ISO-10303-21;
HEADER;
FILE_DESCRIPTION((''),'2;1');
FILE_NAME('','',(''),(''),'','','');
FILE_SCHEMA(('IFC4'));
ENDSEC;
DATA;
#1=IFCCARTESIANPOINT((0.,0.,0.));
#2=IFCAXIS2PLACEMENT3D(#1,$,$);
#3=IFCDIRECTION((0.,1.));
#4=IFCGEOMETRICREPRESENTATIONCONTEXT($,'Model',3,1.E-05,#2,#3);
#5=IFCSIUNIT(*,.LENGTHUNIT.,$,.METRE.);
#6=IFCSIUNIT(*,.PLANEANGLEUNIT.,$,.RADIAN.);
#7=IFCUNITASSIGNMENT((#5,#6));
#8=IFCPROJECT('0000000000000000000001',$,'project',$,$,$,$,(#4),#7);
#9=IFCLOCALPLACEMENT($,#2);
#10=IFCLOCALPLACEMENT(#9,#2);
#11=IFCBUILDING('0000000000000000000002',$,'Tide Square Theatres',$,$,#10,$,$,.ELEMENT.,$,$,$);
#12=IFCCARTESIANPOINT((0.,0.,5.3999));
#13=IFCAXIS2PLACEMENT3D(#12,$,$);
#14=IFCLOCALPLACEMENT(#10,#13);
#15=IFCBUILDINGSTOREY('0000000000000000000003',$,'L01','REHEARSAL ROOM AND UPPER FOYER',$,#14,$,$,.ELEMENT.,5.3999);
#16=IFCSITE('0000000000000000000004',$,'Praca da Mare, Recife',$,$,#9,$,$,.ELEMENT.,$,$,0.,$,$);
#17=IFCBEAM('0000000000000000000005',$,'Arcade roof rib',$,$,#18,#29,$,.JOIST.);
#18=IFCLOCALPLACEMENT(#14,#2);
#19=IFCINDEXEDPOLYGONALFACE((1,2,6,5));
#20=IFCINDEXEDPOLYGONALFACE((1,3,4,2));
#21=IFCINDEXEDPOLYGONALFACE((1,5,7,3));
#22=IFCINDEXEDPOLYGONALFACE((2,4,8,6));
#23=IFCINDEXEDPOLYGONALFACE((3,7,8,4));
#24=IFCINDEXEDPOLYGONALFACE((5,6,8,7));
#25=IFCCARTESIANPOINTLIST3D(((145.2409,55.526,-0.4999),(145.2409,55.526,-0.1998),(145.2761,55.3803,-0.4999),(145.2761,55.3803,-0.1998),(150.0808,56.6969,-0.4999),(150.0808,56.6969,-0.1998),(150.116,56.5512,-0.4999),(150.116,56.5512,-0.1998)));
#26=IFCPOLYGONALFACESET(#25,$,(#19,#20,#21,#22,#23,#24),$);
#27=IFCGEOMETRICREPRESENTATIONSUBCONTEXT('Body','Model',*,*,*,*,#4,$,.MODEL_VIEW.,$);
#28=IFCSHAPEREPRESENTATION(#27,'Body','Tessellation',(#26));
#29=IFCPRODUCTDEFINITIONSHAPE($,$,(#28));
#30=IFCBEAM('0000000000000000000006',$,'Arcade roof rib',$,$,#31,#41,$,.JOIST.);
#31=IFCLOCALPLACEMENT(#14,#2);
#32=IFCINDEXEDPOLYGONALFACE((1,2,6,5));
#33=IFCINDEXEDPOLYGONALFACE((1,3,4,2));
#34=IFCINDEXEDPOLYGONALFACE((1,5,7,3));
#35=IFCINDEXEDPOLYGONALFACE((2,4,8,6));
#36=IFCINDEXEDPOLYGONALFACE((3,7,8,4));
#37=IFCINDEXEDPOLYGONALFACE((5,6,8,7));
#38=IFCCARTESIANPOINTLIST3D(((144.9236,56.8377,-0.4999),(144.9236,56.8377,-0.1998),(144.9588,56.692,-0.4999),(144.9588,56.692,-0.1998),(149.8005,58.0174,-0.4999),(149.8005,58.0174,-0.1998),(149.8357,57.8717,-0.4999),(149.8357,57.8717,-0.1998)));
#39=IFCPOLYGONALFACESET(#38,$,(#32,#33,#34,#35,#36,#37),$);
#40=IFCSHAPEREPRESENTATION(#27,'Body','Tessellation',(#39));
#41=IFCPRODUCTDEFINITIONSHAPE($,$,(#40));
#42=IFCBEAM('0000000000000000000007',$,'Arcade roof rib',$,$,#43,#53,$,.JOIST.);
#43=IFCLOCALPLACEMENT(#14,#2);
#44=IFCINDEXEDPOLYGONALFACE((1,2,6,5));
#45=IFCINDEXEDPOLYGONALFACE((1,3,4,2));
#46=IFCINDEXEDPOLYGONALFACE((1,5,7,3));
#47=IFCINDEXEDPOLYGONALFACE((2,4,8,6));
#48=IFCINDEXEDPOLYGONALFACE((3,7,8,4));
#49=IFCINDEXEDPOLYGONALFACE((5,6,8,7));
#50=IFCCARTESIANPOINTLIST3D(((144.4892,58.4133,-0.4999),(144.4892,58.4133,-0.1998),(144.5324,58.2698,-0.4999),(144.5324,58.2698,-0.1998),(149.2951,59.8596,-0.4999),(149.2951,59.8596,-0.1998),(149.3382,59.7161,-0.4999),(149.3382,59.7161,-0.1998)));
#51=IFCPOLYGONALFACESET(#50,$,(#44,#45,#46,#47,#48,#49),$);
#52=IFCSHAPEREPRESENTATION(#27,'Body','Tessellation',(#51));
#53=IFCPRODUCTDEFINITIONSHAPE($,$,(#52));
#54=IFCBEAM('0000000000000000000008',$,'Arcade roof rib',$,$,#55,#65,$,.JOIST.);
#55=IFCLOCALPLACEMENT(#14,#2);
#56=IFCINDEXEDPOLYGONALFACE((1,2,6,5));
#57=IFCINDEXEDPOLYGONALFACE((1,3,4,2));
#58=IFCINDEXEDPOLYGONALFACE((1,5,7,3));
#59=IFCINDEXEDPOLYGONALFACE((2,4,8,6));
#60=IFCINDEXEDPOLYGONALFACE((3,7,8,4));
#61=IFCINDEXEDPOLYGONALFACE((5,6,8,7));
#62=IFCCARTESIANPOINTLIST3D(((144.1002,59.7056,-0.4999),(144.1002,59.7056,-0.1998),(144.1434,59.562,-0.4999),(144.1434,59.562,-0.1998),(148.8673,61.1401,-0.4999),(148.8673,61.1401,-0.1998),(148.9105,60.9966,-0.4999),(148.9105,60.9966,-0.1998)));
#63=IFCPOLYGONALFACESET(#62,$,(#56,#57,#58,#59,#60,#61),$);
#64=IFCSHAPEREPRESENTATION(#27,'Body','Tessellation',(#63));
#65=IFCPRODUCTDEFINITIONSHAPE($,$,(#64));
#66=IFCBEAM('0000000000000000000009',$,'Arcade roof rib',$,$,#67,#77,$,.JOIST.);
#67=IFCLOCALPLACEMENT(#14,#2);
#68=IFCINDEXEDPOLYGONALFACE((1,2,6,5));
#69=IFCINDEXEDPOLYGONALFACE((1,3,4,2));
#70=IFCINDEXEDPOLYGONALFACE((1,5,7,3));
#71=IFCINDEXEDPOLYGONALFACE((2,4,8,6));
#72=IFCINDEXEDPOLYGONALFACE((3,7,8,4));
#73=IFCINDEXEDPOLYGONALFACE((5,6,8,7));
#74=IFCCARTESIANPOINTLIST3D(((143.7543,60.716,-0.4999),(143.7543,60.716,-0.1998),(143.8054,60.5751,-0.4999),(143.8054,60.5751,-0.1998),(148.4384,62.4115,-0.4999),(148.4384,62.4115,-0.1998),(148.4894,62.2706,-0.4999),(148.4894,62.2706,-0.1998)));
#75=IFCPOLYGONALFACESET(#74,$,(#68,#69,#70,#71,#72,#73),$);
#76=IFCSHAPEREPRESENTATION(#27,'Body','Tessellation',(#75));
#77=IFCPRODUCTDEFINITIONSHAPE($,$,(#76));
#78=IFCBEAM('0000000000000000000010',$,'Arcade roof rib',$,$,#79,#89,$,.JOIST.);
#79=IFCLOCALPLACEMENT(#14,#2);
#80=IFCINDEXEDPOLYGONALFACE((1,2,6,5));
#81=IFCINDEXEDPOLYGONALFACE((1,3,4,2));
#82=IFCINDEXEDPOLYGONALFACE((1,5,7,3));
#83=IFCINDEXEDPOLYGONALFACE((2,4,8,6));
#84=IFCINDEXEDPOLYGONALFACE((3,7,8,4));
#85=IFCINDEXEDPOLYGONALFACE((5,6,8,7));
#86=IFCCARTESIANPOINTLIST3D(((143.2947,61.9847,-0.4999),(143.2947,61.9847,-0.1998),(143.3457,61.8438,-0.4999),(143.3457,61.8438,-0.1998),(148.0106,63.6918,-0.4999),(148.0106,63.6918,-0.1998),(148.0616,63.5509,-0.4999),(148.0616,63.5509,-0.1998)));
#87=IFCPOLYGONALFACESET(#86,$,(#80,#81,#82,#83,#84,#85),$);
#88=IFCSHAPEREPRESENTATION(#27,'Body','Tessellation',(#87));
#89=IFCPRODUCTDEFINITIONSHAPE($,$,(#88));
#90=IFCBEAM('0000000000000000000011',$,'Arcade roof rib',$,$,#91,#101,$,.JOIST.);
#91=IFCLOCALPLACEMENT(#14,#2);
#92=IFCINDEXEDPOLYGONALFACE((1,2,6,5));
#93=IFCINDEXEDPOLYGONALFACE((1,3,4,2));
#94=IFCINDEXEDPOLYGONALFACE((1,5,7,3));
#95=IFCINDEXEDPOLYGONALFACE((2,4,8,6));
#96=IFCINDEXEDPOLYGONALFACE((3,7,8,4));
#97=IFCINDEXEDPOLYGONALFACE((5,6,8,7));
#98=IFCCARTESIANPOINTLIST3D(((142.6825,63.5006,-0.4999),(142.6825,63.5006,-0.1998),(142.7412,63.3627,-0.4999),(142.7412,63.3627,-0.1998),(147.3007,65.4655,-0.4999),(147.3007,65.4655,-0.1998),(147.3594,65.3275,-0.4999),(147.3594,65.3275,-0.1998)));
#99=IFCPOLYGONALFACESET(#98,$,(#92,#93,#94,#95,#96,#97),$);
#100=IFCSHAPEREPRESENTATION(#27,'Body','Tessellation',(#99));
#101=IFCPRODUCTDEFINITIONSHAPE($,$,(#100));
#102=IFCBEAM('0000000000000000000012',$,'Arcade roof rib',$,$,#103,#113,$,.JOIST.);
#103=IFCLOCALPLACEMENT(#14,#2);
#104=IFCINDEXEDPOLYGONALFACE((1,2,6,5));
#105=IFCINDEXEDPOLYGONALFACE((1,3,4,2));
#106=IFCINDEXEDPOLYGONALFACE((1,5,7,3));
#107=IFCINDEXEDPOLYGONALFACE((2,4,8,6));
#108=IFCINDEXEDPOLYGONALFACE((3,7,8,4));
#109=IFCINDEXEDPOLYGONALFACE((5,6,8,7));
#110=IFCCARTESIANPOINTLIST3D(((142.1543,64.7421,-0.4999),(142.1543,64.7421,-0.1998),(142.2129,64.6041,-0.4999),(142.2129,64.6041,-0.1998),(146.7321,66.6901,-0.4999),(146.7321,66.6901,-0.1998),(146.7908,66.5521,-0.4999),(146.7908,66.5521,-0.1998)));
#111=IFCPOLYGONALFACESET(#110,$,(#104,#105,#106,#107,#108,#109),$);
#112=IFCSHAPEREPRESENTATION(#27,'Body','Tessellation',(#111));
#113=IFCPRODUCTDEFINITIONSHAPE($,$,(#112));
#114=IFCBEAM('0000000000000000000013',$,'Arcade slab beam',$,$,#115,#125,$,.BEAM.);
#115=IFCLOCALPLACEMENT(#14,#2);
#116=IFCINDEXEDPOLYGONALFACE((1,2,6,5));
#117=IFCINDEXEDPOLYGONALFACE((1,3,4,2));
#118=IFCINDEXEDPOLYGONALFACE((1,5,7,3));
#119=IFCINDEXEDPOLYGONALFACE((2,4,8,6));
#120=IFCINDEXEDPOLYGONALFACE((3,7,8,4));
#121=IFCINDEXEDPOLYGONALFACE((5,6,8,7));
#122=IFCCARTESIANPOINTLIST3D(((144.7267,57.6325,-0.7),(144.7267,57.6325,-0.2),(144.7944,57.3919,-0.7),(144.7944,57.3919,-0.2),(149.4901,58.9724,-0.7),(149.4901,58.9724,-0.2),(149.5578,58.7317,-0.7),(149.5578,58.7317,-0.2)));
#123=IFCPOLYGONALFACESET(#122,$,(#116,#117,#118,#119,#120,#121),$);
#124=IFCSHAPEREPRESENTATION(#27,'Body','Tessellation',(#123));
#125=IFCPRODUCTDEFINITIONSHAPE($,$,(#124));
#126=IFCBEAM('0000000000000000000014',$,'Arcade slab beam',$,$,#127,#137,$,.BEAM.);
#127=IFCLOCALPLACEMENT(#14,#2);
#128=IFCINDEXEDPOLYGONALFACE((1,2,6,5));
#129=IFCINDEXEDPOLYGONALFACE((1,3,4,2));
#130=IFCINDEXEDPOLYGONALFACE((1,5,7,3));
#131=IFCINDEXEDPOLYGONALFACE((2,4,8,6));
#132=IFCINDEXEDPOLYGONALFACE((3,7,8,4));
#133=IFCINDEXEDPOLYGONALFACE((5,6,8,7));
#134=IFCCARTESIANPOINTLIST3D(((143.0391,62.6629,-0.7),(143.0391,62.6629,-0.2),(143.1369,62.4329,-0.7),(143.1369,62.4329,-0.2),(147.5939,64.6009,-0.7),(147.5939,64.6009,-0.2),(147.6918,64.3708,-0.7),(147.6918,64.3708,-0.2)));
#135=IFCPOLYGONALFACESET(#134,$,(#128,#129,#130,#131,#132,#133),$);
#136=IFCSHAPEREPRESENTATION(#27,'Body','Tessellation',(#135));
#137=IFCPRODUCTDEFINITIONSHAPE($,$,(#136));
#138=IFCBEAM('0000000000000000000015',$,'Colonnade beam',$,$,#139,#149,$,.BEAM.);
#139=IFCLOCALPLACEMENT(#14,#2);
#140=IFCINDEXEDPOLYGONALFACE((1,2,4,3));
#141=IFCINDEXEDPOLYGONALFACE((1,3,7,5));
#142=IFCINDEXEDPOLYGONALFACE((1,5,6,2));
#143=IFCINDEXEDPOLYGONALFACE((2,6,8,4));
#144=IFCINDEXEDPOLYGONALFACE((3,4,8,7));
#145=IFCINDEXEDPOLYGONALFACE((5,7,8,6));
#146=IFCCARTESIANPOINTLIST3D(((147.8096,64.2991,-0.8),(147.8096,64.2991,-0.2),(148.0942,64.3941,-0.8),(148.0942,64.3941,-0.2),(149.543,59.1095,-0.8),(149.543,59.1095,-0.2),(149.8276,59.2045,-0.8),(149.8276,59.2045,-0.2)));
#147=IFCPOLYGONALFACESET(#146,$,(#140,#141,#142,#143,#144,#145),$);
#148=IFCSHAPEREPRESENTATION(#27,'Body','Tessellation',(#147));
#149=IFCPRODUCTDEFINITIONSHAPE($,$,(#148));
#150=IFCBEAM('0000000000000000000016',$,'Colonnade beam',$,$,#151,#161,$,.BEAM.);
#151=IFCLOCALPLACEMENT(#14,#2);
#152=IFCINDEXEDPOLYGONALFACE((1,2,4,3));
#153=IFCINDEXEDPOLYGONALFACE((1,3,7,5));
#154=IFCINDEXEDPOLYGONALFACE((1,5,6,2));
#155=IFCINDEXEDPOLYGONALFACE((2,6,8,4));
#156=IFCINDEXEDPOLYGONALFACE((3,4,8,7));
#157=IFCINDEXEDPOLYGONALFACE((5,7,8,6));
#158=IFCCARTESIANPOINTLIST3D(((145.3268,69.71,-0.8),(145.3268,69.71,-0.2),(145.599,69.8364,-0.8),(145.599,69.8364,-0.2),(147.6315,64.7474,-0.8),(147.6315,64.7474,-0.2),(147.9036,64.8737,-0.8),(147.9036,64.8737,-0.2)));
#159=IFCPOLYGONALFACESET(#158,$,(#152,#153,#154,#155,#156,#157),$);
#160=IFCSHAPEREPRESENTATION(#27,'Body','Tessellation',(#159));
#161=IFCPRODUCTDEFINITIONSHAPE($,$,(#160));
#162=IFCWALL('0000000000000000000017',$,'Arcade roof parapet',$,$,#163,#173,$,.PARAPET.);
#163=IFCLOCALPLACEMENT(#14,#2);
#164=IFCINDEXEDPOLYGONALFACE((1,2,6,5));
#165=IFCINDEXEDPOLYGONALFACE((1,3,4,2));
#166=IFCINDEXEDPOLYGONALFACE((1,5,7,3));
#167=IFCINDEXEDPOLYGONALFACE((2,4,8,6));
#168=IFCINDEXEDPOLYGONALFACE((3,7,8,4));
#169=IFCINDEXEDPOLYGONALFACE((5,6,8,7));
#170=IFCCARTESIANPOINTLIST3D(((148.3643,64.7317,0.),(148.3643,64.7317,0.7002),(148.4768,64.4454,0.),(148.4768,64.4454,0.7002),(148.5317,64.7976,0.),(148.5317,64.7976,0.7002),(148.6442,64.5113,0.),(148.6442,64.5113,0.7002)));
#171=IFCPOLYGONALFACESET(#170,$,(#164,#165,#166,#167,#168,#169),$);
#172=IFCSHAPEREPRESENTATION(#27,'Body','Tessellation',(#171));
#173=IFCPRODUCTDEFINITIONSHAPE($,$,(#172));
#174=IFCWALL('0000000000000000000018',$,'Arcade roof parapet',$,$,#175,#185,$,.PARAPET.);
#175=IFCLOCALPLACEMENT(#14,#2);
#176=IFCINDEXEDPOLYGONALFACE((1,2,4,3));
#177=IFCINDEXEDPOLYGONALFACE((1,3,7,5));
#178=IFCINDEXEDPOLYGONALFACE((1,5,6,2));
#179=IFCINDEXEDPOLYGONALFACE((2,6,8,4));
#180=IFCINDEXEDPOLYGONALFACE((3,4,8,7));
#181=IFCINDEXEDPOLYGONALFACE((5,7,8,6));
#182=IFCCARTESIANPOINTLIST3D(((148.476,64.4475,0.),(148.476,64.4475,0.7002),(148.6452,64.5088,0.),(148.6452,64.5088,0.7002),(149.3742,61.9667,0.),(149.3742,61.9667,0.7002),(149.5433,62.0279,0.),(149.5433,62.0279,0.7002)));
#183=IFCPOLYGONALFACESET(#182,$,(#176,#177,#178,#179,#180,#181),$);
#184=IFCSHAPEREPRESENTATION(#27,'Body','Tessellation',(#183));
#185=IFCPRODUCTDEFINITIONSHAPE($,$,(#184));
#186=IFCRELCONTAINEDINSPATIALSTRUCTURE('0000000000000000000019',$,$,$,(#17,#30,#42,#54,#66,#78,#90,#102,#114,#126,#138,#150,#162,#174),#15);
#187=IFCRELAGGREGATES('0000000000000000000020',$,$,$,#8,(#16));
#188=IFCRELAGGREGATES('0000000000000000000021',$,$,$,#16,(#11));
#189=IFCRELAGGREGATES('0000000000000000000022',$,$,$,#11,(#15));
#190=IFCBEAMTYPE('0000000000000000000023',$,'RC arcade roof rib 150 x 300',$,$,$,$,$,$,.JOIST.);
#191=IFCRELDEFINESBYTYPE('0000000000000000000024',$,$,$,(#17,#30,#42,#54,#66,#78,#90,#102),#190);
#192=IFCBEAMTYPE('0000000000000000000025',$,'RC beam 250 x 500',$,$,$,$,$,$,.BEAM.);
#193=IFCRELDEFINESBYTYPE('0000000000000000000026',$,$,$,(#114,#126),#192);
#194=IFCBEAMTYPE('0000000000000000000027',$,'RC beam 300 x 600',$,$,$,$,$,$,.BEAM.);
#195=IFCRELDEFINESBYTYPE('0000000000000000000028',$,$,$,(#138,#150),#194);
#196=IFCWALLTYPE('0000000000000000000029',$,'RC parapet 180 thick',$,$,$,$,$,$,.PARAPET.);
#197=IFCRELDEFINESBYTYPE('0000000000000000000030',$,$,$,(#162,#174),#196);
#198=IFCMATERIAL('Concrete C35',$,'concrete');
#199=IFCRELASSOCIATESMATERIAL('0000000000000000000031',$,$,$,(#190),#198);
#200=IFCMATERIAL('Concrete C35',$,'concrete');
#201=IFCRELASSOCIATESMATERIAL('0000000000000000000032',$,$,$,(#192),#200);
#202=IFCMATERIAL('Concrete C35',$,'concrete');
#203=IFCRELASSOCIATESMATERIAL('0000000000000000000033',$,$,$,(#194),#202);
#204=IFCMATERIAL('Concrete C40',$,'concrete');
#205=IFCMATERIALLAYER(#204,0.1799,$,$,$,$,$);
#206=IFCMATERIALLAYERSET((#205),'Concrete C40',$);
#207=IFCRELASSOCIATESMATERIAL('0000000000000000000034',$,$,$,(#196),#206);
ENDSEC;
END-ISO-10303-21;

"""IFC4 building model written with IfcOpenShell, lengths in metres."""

from ifc_helpers import new_model, si_unit, direction, frame, frame_2d, origin, origin_2d, place, context, subcontext, project, spatial, rectangle, extrude, material, layer, layer_set, material_profile, profile_set, type_object, element, save


model = new_model("IFC4")

# Units and contexts
model_context = context("Model", 3, precision=1e-05, world=origin(), true_north=direction((0.0, 1.0)))
body_context = subcontext(model_context, "Body", "Model", "MODEL_VIEW")
ifc_project = project(units=[si_unit("LENGTHUNIT", "METRE"), si_unit("PLANEANGLEUNIT", "RADIAN")], contexts=[model_context])

# Site, building, storey
site_placement = place(None, origin())
site = spatial("IfcSite", under=ifc_project, at=site_placement, Name="Praca da Mare, Recife", CompositionType="ELEMENT", RefElevation=0.0)
building_placement = place(site_placement, origin())
building = spatial("IfcBuilding", under=site, at=building_placement, Name="Tide Square Theatres", CompositionType="ELEMENT")
storey_placement = place(building_placement, frame((0.0, 0.0, 5.3999)))
storey = spatial("IfcBuildingStorey", under=building, at=storey_placement, Name="L01", Description="REHEARSAL ROOM AND UPPER FOYER", CompositionType="ELEMENT", Elevation=5.3999)

# Beams
ifc_material_1 = material(Name="Concrete C35", Category="concrete")
ifc_material_profile_1 = material_profile(ifc_material_1, rectangle(XDim=0.1499, YDim=0.3, at=origin_2d()))
ifc_profile_set_1 = profile_set([ifc_material_profile_1], Name="Concrete C35")
beam_type_1 = type_object("IfcBeamType", Name="RC arcade roof rib 150 x 300", PredefinedType="JOIST", material=ifc_profile_set_1)
beam_1_placement = place(storey_placement, frame((150.0984, 56.624, -0.3499), z_axis=(-0.97196, -0.235145, 0.0), x_axis=(0.235145, -0.97196, 0.0)))
element("IfcBeam", 1, at=beam_1_placement, inside=storey, type_object=beam_type_1, Name="Arcade roof rib", PredefinedType="JOIST", context=body_context, shape_type="SweptSolid", body=[
    extrude(rectangle(XDim=0.1499, YDim=0.3, at=origin_2d()), origin(), (0.0, 0.0, 1.0), 4.9795),
])
beam_2_placement = place(storey_placement, frame((149.8181, 57.9446, -0.3499), z_axis=(-0.971969, -0.23511, 0.0), x_axis=(0.23511, -0.971969, 0.0)))
element("IfcBeam", 2, at=beam_2_placement, inside=storey, type_object=beam_type_1, Name="Arcade roof rib", PredefinedType="JOIST", context=body_context, shape_type="SweptSolid", body=[
    extrude(rectangle(XDim=0.1499, YDim=0.3, at=origin_2d()), origin(), (0.0, 0.0, 1.0), 5.0176),
])
beam_3_placement = place(storey_placement, frame((149.3167, 59.7878, -0.3499), z_axis=(-0.957578, -0.288173, 0.0), x_axis=(0.288173, -0.957578, 0.0)))
element("IfcBeam", 3, at=beam_3_placement, inside=storey, type_object=beam_type_1, Name="Arcade roof rib", PredefinedType="JOIST", context=body_context, shape_type="SweptSolid", body=[
    extrude(rectangle(XDim=0.1499, YDim=0.3, at=origin_2d()), origin(), (0.0, 0.0, 1.0), 5.0188),
])
beam_4_placement = place(storey_placement, frame((148.8889, 61.0684, -0.3499), z_axis=(-0.95758, -0.288167, 0.0), x_axis=(0.288167, -0.95758, 0.0)))
element("IfcBeam", 4, at=beam_4_placement, inside=storey, type_object=beam_type_1, Name="Arcade roof rib", PredefinedType="JOIST", context=body_context, shape_type="SweptSolid", body=[
    extrude(rectangle(XDim=0.1499, YDim=0.3, at=origin_2d()), origin(), (0.0, 0.0, 1.0), 4.9783),
])
beam_5_placement = place(storey_placement, frame((148.4639, 62.3411, -0.3499), z_axis=(-0.940292, -0.340369, 0.0), x_axis=(0.340369, -0.940292, 0.0)))
element("IfcBeam", 5, at=beam_5_placement, inside=storey, type_object=beam_type_1, Name="Arcade roof rib", PredefinedType="JOIST", context=body_context, shape_type="SweptSolid", body=[
    extrude(rectangle(XDim=0.1499, YDim=0.3, at=origin_2d()), origin(), (0.0, 0.0, 1.0), 4.9814),
])
beam_6_placement = place(storey_placement, frame((148.0361, 63.6213, -0.3499), z_axis=(-0.940293, -0.340367, 0.0), x_axis=(0.340367, -0.940293, 0.0)))
element("IfcBeam", 6, at=beam_6_placement, inside=storey, type_object=beam_type_1, Name="Arcade roof rib", PredefinedType="JOIST", context=body_context, shape_type="SweptSolid", body=[
    extrude(rectangle(XDim=0.1499, YDim=0.3, at=origin_2d()), origin(), (0.0, 0.0, 1.0), 5.0154),
])
beam_7_placement = place(storey_placement, frame((147.3301, 65.3965, -0.3499), z_axis=(-0.920178, -0.391499, 0.0), x_axis=(0.391499, -0.920178, 0.0)))
element("IfcBeam", 7, at=beam_7_placement, inside=storey, type_object=beam_type_1, Name="Arcade roof rib", PredefinedType="JOIST", context=body_context, shape_type="SweptSolid", body=[
    extrude(rectangle(XDim=0.1499, YDim=0.3, at=origin_2d()), origin(), (0.0, 0.0, 1.0), 5.0188),
])
beam_8_placement = place(storey_placement, frame((146.7615, 66.6211, -0.3499), z_axis=(-0.920157, -0.391549, 0.0), x_axis=(0.391549, -0.920157, 0.0)))
element("IfcBeam", 8, at=beam_8_placement, inside=storey, type_object=beam_type_1, Name="Arcade roof rib", PredefinedType="JOIST", context=body_context, shape_type="SweptSolid", body=[
    extrude(rectangle(XDim=0.1499, YDim=0.3, at=origin_2d()), origin(), (0.0, 0.0, 1.0), 4.9751),
])
ifc_material_2 = material(Name="Concrete C35", Category="concrete")
ifc_material_profile_2 = material_profile(ifc_material_2, rectangle(XDim=0.25, YDim=0.5, at=origin_2d()))
ifc_profile_set_2 = profile_set([ifc_material_profile_2], Name="Concrete C35")
beam_type_2 = type_object("IfcBeamType", Name="RC beam 250 x 500", PredefinedType="BEAM", material=ifc_profile_set_2)
beam_9_placement = place(storey_placement, frame((149.5239, 58.8521, -0.45), z_axis=(-0.962644, -0.27077, 0.0), x_axis=(0.27077, -0.962644, 0.0)))
element("IfcBeam", 9, at=beam_9_placement, inside=storey, type_object=beam_type_2, Name="Arcade slab beam", PredefinedType="BEAM", context=body_context, shape_type="SweptSolid", body=[
    extrude(rectangle(XDim=0.25, YDim=0.5, at=origin_2d()), origin(), (0.0, 0.0, 1.0), 4.9482),
])
beam_10_placement = place(storey_placement, frame((147.6428, 64.4858, -0.45), z_axis=(-0.920175, -0.391507, 0.0), x_axis=(0.391507, -0.920175, 0.0)))
element("IfcBeam", 10, at=beam_10_placement, inside=storey, type_object=beam_type_2, Name="Arcade slab beam", PredefinedType="BEAM", context=body_context, shape_type="SweptSolid", body=[
    extrude(rectangle(XDim=0.25, YDim=0.5, at=origin_2d()), origin(), (0.0, 0.0, 1.0), 4.95),
])
ifc_material_3 = material(Name="Concrete C35", Category="concrete")
ifc_material_profile_3 = material_profile(ifc_material_3, rectangle(XDim=0.3, YDim=0.6001, at=origin_2d()))
ifc_profile_set_3 = profile_set([ifc_material_profile_3], Name="Concrete C35")
beam_type_3 = type_object("IfcBeamType", Name="RC beam 300 x 600", PredefinedType="BEAM", material=ifc_profile_set_3)
beam_11_placement = place(storey_placement, frame((149.6853, 59.157, -0.5), z_axis=(-0.316803, 0.948491, 0.0), x_axis=(-0.948491, -0.316803, 0.0)))
element("IfcBeam", 11, at=beam_11_placement, inside=storey, type_object=beam_type_3, Name="Colonnade beam", PredefinedType="BEAM", context=body_context, shape_type="SweptSolid", body=[
    extrude(rectangle(XDim=0.3, YDim=0.6001, at=origin_2d()), origin(), (0.0, 0.0, 1.0), 5.4714),
])
beam_12_placement = place(storey_placement, frame((147.7676, 64.8105, -0.5), z_axis=(-0.421202, 0.906967, 0.0), x_axis=(-0.906967, -0.421202, 0.0)))
element("IfcBeam", 12, at=beam_12_placement, inside=storey, type_object=beam_type_3, Name="Colonnade beam", PredefinedType="BEAM", context=body_context, shape_type="SweptSolid", body=[
    extrude(rectangle(XDim=0.3, YDim=0.6001, at=origin_2d()), origin(), (0.0, 0.0, 1.0), 5.4717),
])

# Walls
ifc_material_4 = material(Name="Concrete C40", Category="concrete")
ifc_layer = layer(ifc_material_4, 0.1799)
ifc_layer_set = layer_set([ifc_layer], Name="Concrete C40")
wall_type = type_object("IfcWallType", Name="RC parapet 180 thick", PredefinedType="PARAPET", material=ifc_layer_set)
wall_1_placement = place(storey_placement, frame((148.448, 64.7646, 0.0), z_axis=(0.0, 0.0, 1.0), x_axis=(0.365775, -0.930703, 0.0)))
element("IfcWall", 13, at=wall_1_placement, inside=storey, type_object=wall_type, Name="Arcade roof parapet", PredefinedType="PARAPET", context=body_context, shape_type="SweptSolid", body=[
    extrude(rectangle(XDim=0.3076, YDim=0.1799, at=frame_2d((0.1538, 0.0))), origin(), (0.0, 0.0, 1.0), 0.7002),
])
wall_2_placement = place(storey_placement, frame((148.5605, 64.4783, 0.0), z_axis=(0.0, 0.0, 1.0), x_axis=(0.340413, -0.940276, 0.0)))
element("IfcWall", 14, at=wall_2_placement, inside=storey, type_object=wall_type, Name="Arcade roof parapet", PredefinedType="PARAPET", context=body_context, shape_type="SweptSolid", body=[
    extrude(rectangle(XDim=2.6384, YDim=0.1799, at=frame_2d((1.3193, 0.0))), origin(), (0.0, 0.0, 1.0), 0.7002),
])

save(model, "model.ifc")
